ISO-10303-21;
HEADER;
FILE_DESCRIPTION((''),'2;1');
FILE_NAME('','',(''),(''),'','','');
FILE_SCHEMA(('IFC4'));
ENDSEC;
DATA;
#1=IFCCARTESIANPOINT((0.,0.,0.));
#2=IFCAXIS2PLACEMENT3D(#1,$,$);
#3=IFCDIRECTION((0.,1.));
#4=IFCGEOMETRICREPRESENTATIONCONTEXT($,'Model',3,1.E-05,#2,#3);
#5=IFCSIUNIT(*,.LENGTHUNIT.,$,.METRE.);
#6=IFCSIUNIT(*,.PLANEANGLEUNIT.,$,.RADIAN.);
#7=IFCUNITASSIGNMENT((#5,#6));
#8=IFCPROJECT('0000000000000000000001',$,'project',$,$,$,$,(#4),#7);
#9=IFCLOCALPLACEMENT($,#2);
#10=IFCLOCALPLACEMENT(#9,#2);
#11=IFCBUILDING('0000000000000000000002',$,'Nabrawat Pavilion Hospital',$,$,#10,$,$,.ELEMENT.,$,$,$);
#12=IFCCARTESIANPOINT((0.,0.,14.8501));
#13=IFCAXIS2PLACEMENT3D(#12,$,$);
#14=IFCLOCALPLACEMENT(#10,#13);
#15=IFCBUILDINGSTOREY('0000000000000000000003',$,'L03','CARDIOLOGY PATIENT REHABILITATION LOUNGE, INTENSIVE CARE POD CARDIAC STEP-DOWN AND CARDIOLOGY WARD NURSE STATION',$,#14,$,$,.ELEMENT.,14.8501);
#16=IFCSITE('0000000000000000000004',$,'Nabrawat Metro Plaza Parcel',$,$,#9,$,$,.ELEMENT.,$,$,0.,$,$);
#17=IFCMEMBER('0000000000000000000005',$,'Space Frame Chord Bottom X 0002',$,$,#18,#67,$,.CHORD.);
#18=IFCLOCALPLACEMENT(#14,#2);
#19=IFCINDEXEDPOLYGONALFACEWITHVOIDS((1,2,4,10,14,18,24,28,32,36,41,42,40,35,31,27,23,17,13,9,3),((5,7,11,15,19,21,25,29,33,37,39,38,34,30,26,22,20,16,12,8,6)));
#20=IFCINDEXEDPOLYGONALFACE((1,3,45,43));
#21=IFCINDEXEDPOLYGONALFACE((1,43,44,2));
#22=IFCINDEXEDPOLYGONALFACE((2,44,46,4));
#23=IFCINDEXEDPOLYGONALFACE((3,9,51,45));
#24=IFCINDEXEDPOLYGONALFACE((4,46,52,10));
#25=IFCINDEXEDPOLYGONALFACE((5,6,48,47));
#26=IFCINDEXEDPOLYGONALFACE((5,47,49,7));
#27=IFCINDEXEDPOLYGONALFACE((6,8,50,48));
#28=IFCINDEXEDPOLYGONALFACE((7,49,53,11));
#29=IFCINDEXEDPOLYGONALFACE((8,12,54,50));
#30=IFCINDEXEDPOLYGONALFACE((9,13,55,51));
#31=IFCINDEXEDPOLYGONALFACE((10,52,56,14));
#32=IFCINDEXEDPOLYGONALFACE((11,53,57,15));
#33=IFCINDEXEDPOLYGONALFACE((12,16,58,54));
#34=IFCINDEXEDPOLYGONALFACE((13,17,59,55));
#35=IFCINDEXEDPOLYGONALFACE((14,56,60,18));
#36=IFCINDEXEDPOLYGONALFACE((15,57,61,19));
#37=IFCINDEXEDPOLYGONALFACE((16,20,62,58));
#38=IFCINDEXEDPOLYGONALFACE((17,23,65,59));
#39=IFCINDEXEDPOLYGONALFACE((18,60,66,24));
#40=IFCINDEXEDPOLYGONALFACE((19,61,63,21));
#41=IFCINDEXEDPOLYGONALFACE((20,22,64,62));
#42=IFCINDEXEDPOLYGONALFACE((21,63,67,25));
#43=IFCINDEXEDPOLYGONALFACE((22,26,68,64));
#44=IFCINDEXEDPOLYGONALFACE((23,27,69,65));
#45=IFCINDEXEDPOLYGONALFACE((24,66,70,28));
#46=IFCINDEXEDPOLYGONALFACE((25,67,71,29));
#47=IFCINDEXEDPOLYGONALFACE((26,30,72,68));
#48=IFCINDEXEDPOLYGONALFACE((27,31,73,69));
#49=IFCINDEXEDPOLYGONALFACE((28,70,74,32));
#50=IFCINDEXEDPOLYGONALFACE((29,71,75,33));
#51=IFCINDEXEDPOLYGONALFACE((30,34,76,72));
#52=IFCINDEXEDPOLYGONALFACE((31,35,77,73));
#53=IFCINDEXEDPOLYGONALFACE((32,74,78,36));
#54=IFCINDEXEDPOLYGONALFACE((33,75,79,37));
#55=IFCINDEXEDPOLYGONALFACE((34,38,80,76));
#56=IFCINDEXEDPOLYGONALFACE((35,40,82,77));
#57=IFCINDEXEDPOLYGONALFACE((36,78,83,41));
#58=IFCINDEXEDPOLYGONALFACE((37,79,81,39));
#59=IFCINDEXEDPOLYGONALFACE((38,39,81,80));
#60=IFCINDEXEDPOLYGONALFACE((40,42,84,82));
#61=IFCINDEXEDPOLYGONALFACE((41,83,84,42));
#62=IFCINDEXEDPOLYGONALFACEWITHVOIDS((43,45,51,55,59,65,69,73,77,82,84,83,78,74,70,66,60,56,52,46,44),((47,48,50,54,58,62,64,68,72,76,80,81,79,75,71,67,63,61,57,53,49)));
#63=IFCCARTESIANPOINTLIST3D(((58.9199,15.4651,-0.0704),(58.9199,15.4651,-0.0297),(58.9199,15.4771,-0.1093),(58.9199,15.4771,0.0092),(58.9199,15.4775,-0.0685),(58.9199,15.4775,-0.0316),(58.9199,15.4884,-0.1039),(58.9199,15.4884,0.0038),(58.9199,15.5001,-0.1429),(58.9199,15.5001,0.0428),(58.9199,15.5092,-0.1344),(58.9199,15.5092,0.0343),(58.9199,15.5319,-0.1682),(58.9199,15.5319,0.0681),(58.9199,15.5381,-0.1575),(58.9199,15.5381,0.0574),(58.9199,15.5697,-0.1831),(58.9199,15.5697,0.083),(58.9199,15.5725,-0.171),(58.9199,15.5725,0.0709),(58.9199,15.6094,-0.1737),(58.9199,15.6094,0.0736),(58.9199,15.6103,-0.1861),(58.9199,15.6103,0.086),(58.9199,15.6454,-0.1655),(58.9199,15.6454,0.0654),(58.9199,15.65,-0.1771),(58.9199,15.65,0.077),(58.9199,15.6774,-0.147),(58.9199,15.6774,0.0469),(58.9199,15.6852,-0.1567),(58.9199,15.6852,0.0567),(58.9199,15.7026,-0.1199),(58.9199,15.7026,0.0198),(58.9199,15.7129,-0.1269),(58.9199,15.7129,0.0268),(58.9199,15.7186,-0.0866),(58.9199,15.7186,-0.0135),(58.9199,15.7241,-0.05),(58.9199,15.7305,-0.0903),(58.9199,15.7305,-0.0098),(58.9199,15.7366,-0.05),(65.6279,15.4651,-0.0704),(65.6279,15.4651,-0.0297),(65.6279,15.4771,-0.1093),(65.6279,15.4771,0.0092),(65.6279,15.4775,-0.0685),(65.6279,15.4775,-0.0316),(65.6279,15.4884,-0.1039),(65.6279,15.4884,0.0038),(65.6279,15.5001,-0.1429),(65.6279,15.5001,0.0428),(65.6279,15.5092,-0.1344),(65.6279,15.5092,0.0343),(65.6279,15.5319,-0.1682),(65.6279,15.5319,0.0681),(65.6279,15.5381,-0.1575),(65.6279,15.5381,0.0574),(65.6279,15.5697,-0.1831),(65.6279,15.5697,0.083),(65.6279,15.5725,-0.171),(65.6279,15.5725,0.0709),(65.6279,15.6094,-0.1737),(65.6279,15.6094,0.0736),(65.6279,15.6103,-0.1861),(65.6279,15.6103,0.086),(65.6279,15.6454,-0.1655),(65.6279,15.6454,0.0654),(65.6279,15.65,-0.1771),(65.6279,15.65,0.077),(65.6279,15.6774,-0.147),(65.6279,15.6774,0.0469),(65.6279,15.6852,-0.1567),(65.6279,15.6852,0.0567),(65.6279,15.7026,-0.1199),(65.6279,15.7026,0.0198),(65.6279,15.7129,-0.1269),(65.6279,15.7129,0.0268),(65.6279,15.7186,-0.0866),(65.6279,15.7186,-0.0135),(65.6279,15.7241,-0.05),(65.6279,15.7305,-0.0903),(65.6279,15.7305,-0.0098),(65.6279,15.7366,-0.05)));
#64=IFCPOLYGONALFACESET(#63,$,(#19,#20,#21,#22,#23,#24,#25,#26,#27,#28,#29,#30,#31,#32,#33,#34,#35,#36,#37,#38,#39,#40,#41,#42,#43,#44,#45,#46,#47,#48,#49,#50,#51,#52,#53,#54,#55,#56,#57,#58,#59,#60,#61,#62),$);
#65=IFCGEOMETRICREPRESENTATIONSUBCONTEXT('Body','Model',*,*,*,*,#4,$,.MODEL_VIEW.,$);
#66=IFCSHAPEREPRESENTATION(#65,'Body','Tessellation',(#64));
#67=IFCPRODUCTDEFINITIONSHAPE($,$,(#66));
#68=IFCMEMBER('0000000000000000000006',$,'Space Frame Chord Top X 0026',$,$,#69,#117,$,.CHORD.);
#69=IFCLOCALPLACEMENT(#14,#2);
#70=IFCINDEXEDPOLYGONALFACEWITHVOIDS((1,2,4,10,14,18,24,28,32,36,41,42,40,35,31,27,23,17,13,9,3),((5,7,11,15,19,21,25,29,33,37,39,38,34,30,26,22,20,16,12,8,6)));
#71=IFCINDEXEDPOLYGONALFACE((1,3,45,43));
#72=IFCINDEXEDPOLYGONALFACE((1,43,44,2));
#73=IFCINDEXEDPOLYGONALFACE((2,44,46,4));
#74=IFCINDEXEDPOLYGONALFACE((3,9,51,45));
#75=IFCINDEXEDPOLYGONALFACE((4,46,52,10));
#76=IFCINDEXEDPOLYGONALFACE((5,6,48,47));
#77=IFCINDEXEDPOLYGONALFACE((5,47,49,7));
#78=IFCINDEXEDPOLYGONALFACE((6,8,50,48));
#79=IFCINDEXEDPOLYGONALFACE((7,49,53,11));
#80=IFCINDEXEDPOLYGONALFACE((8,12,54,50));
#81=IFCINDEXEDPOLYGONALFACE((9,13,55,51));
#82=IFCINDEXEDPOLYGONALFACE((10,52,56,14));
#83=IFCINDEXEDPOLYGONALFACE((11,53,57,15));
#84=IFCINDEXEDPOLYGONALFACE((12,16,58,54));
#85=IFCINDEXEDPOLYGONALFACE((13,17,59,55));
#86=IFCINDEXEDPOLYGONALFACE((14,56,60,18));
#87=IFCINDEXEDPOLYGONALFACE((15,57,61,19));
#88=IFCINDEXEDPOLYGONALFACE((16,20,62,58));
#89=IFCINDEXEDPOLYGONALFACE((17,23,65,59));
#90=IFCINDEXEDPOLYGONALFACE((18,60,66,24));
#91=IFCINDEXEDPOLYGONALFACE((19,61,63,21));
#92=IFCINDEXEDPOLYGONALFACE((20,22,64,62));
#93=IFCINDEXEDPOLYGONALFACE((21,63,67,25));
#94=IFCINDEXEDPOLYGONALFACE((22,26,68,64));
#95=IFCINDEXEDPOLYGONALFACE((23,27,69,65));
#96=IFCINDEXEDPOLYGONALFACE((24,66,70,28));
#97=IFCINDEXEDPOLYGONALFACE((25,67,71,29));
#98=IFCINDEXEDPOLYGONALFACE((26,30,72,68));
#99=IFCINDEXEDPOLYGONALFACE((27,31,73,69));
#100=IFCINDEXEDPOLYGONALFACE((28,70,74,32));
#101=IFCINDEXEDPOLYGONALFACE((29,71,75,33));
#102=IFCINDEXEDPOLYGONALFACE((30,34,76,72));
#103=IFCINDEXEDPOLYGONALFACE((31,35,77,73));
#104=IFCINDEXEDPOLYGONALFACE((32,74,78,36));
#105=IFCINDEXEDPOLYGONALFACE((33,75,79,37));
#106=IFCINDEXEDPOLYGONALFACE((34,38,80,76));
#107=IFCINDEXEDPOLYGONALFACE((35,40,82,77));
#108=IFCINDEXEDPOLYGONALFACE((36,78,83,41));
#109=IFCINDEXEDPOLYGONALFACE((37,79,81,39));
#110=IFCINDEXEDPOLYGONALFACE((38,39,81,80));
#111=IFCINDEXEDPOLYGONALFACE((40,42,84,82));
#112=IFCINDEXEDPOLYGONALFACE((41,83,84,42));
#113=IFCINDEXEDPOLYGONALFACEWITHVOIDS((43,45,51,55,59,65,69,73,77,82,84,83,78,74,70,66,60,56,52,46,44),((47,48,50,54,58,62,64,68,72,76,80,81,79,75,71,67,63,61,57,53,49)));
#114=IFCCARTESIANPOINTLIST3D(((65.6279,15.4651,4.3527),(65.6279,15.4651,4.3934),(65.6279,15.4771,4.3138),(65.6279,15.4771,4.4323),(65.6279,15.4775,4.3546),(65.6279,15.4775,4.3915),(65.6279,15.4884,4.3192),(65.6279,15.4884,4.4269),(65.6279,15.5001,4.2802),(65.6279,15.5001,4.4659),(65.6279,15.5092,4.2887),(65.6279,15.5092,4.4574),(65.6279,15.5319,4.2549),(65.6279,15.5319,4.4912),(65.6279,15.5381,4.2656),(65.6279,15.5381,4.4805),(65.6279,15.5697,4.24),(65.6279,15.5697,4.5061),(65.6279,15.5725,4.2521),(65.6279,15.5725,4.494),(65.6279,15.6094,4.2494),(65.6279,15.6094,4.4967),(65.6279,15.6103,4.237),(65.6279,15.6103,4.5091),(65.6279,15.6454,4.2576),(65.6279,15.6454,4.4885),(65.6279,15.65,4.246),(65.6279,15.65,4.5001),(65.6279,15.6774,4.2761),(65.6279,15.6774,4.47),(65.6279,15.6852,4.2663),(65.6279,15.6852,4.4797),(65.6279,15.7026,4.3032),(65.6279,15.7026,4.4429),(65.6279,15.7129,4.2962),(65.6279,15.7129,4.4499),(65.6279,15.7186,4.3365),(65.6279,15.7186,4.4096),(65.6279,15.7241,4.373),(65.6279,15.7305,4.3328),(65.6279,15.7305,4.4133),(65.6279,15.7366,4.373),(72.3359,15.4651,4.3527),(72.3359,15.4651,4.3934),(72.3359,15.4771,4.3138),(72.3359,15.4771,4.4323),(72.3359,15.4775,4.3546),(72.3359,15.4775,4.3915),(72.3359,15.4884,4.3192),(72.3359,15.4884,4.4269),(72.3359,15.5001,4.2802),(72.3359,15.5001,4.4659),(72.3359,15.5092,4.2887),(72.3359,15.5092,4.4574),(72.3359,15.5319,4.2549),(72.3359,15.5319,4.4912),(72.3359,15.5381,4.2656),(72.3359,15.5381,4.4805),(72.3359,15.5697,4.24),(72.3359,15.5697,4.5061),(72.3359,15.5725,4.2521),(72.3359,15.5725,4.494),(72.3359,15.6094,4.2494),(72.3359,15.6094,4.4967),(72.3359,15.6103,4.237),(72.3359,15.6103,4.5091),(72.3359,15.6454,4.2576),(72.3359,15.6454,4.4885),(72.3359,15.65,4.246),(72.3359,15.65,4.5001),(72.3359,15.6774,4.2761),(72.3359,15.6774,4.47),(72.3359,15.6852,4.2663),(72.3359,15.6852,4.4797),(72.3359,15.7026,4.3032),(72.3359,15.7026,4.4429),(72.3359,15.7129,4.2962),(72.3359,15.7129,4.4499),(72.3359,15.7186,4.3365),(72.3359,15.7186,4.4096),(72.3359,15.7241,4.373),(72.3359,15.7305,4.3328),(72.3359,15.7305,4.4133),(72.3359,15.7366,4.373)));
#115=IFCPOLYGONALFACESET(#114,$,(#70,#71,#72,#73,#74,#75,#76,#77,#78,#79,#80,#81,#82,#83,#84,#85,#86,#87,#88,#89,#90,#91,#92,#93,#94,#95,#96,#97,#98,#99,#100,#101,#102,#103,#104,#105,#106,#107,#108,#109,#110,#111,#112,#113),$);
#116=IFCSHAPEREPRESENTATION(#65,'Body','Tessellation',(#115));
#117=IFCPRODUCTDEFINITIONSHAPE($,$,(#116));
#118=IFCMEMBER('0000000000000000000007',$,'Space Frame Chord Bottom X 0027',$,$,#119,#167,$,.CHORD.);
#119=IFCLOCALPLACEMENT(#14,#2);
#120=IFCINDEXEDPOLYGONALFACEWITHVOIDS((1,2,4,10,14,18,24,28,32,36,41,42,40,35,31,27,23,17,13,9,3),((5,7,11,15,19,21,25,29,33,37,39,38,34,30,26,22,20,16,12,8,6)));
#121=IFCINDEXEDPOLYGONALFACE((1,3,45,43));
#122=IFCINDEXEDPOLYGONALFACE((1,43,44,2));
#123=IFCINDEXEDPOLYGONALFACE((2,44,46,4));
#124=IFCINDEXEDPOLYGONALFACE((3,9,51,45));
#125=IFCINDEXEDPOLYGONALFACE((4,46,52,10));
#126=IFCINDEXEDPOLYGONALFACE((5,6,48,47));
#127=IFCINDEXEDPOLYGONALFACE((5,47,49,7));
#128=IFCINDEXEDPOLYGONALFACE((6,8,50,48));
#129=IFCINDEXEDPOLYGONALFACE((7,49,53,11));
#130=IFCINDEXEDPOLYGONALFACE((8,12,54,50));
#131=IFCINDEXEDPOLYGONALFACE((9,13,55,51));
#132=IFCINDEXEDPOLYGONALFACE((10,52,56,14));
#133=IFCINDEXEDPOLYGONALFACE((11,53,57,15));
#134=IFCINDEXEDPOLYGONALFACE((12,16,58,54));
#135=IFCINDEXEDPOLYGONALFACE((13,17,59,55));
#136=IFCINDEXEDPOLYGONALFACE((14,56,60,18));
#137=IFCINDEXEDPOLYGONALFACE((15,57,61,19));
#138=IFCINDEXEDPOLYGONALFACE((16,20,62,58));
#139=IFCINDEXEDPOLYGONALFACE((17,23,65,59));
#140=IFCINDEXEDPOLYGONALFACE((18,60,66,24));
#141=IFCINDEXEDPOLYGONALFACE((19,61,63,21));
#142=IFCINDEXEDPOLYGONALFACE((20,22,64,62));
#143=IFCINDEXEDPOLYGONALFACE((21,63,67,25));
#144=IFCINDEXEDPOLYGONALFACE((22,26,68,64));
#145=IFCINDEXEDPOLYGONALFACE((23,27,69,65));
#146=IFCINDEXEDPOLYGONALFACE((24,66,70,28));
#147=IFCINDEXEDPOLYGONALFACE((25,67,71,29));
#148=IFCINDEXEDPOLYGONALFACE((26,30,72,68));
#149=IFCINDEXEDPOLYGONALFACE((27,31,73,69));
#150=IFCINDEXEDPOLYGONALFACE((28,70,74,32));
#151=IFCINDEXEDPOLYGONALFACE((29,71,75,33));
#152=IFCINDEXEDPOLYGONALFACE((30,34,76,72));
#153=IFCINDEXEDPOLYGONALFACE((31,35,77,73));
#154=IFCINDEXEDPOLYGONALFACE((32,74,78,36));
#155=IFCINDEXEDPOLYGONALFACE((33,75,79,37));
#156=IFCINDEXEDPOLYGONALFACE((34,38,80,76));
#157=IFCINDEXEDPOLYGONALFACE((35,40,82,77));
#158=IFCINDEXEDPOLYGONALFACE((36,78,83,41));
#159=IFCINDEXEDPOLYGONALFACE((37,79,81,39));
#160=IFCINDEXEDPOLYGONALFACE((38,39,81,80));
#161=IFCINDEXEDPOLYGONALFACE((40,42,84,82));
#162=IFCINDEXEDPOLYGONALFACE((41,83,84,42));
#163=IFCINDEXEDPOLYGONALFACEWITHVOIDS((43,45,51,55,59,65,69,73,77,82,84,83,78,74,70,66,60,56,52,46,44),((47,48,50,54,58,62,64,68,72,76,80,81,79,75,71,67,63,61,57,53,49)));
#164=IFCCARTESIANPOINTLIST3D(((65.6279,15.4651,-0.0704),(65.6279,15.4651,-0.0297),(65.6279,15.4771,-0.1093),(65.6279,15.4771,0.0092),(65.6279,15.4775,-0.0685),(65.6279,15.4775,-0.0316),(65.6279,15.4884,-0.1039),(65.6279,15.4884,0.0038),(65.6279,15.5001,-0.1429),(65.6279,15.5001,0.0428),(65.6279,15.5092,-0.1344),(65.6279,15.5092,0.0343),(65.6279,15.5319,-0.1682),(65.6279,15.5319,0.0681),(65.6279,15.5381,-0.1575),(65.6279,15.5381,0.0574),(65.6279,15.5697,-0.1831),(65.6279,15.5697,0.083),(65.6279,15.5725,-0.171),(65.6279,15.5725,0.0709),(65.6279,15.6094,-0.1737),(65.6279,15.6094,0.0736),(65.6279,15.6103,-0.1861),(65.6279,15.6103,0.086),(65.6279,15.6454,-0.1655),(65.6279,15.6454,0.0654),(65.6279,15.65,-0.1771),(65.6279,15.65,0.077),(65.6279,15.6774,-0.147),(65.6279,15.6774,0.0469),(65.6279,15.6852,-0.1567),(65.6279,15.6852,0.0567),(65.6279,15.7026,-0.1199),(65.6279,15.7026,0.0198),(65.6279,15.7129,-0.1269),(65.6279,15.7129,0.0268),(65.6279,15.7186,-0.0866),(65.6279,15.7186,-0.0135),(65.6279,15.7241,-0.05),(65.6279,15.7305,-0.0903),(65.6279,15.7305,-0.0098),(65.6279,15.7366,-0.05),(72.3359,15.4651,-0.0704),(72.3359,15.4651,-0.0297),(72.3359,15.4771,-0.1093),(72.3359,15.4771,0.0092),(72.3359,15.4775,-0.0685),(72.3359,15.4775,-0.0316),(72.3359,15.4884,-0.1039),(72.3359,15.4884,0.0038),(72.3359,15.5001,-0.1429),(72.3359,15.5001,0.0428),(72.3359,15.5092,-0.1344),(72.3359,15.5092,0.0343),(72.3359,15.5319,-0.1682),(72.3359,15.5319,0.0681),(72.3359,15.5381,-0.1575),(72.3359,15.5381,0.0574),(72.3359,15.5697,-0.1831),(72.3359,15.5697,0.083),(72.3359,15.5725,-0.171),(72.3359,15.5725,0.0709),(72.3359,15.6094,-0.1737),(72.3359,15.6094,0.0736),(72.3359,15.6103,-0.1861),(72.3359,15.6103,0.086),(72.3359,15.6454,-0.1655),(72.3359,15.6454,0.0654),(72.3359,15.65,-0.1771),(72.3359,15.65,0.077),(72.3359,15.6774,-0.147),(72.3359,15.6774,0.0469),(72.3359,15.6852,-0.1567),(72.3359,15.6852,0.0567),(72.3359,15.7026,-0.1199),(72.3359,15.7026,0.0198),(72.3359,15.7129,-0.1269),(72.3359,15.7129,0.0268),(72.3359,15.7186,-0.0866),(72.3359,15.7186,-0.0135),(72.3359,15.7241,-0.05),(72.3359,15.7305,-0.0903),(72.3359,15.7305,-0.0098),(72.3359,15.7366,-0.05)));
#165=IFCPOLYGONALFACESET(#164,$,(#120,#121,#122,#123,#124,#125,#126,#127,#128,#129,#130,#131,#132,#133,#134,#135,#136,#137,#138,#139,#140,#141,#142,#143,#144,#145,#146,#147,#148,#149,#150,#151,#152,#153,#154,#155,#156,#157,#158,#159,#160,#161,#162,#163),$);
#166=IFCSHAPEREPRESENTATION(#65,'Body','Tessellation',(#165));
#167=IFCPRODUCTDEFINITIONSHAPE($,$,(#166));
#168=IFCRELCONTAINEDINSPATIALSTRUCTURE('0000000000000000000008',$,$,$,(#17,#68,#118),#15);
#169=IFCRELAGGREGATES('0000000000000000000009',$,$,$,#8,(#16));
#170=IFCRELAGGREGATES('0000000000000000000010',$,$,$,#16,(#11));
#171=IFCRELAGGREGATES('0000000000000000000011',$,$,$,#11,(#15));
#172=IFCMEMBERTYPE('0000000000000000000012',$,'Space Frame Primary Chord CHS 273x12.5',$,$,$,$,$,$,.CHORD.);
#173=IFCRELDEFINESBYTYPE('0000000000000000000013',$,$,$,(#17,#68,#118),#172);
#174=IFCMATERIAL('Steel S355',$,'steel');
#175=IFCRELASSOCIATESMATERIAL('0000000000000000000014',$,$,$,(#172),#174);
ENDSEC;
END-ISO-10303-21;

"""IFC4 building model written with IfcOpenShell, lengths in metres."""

from ifc_helpers import new_model, si_unit, direction, frame, origin, origin_2d, place, context, subcontext, project, spatial, hollow_circle, extrude, material, material_profile, profile_set, type_object, element, save


model = new_model("IFC4")

# Units and contexts
model_context = context("Model", 3, precision=1e-05, world=origin(), true_north=direction((0.0, 1.0)))
body_context = subcontext(model_context, "Body", "Model", "MODEL_VIEW")
ifc_project = project(units=[si_unit("LENGTHUNIT", "METRE"), si_unit("PLANEANGLEUNIT", "RADIAN")], contexts=[model_context])

# Site, building, storey
site_placement = place(None, origin())
site = spatial("IfcSite", under=ifc_project, at=site_placement, Name="Nabrawat Metro Plaza Parcel", CompositionType="ELEMENT", RefElevation=0.0)
building_placement = place(site_placement, origin())
building = spatial("IfcBuilding", under=site, at=building_placement, Name="Nabrawat Pavilion Hospital", CompositionType="ELEMENT")
storey_placement = place(building_placement, frame((0.0, 0.0, 14.8501)))
storey = spatial("IfcBuildingStorey", under=building, at=storey_placement, Name="L03", Description="CARDIOLOGY PATIENT REHABILITATION LOUNGE, INTENSIVE CARE POD CARDIAC STEP-DOWN AND CARDIOLOGY WARD NURSE STATION", CompositionType="ELEMENT", Elevation=14.8501)

# Shared definitions
ifc_material_1 = material(Name="Steel S355", Category="steel")

# Members
ifc_material_profile_1 = material_profile(ifc_material_1, hollow_circle(Radius=0.1365, WallThickness=0.0125, at=origin_2d()), Name="CHS 273x12.5")
ifc_profile_set_1 = profile_set([ifc_material_profile_1], Name="Steel S355")
member_type_1 = type_object("IfcMemberType", Name="Space Frame Primary Chord CHS 273x12.5", PredefinedType="CHORD", material=ifc_profile_set_1)
for number, where, z_axis, x_axis, name in (
    (1, (58.9199, 15.6001, -0.05), (1.0, 0.0, 0.0), (0.0, 1.0, 0.0), "Space Frame Chord Bottom X 0002"),
    (2, (65.6279, 15.6001, 4.373), (1.0, 0.0, 0.0), (0.0, 1.0, 0.0), "Space Frame Chord Top X 0026"),
    (3, (65.6279, 15.6001, -0.05), (1.0, 0.0, 0.0), (0.0, 1.0, 0.0), "Space Frame Chord Bottom X 0027"),
):
    element("IfcMember", number, at=place(storey_placement, frame(where, z_axis=z_axis, x_axis=x_axis)), inside=storey, type_object=member_type_1, Name=name, PredefinedType="CHORD", context=body_context, shape_type="SweptSolid", body=[
        extrude(hollow_circle(Radius=0.1365, WallThickness=0.0125, at=origin_2d()), origin(), (0.0, 0.0, 1.0), 6.708),
    ])

save(model, "model.ifc")
